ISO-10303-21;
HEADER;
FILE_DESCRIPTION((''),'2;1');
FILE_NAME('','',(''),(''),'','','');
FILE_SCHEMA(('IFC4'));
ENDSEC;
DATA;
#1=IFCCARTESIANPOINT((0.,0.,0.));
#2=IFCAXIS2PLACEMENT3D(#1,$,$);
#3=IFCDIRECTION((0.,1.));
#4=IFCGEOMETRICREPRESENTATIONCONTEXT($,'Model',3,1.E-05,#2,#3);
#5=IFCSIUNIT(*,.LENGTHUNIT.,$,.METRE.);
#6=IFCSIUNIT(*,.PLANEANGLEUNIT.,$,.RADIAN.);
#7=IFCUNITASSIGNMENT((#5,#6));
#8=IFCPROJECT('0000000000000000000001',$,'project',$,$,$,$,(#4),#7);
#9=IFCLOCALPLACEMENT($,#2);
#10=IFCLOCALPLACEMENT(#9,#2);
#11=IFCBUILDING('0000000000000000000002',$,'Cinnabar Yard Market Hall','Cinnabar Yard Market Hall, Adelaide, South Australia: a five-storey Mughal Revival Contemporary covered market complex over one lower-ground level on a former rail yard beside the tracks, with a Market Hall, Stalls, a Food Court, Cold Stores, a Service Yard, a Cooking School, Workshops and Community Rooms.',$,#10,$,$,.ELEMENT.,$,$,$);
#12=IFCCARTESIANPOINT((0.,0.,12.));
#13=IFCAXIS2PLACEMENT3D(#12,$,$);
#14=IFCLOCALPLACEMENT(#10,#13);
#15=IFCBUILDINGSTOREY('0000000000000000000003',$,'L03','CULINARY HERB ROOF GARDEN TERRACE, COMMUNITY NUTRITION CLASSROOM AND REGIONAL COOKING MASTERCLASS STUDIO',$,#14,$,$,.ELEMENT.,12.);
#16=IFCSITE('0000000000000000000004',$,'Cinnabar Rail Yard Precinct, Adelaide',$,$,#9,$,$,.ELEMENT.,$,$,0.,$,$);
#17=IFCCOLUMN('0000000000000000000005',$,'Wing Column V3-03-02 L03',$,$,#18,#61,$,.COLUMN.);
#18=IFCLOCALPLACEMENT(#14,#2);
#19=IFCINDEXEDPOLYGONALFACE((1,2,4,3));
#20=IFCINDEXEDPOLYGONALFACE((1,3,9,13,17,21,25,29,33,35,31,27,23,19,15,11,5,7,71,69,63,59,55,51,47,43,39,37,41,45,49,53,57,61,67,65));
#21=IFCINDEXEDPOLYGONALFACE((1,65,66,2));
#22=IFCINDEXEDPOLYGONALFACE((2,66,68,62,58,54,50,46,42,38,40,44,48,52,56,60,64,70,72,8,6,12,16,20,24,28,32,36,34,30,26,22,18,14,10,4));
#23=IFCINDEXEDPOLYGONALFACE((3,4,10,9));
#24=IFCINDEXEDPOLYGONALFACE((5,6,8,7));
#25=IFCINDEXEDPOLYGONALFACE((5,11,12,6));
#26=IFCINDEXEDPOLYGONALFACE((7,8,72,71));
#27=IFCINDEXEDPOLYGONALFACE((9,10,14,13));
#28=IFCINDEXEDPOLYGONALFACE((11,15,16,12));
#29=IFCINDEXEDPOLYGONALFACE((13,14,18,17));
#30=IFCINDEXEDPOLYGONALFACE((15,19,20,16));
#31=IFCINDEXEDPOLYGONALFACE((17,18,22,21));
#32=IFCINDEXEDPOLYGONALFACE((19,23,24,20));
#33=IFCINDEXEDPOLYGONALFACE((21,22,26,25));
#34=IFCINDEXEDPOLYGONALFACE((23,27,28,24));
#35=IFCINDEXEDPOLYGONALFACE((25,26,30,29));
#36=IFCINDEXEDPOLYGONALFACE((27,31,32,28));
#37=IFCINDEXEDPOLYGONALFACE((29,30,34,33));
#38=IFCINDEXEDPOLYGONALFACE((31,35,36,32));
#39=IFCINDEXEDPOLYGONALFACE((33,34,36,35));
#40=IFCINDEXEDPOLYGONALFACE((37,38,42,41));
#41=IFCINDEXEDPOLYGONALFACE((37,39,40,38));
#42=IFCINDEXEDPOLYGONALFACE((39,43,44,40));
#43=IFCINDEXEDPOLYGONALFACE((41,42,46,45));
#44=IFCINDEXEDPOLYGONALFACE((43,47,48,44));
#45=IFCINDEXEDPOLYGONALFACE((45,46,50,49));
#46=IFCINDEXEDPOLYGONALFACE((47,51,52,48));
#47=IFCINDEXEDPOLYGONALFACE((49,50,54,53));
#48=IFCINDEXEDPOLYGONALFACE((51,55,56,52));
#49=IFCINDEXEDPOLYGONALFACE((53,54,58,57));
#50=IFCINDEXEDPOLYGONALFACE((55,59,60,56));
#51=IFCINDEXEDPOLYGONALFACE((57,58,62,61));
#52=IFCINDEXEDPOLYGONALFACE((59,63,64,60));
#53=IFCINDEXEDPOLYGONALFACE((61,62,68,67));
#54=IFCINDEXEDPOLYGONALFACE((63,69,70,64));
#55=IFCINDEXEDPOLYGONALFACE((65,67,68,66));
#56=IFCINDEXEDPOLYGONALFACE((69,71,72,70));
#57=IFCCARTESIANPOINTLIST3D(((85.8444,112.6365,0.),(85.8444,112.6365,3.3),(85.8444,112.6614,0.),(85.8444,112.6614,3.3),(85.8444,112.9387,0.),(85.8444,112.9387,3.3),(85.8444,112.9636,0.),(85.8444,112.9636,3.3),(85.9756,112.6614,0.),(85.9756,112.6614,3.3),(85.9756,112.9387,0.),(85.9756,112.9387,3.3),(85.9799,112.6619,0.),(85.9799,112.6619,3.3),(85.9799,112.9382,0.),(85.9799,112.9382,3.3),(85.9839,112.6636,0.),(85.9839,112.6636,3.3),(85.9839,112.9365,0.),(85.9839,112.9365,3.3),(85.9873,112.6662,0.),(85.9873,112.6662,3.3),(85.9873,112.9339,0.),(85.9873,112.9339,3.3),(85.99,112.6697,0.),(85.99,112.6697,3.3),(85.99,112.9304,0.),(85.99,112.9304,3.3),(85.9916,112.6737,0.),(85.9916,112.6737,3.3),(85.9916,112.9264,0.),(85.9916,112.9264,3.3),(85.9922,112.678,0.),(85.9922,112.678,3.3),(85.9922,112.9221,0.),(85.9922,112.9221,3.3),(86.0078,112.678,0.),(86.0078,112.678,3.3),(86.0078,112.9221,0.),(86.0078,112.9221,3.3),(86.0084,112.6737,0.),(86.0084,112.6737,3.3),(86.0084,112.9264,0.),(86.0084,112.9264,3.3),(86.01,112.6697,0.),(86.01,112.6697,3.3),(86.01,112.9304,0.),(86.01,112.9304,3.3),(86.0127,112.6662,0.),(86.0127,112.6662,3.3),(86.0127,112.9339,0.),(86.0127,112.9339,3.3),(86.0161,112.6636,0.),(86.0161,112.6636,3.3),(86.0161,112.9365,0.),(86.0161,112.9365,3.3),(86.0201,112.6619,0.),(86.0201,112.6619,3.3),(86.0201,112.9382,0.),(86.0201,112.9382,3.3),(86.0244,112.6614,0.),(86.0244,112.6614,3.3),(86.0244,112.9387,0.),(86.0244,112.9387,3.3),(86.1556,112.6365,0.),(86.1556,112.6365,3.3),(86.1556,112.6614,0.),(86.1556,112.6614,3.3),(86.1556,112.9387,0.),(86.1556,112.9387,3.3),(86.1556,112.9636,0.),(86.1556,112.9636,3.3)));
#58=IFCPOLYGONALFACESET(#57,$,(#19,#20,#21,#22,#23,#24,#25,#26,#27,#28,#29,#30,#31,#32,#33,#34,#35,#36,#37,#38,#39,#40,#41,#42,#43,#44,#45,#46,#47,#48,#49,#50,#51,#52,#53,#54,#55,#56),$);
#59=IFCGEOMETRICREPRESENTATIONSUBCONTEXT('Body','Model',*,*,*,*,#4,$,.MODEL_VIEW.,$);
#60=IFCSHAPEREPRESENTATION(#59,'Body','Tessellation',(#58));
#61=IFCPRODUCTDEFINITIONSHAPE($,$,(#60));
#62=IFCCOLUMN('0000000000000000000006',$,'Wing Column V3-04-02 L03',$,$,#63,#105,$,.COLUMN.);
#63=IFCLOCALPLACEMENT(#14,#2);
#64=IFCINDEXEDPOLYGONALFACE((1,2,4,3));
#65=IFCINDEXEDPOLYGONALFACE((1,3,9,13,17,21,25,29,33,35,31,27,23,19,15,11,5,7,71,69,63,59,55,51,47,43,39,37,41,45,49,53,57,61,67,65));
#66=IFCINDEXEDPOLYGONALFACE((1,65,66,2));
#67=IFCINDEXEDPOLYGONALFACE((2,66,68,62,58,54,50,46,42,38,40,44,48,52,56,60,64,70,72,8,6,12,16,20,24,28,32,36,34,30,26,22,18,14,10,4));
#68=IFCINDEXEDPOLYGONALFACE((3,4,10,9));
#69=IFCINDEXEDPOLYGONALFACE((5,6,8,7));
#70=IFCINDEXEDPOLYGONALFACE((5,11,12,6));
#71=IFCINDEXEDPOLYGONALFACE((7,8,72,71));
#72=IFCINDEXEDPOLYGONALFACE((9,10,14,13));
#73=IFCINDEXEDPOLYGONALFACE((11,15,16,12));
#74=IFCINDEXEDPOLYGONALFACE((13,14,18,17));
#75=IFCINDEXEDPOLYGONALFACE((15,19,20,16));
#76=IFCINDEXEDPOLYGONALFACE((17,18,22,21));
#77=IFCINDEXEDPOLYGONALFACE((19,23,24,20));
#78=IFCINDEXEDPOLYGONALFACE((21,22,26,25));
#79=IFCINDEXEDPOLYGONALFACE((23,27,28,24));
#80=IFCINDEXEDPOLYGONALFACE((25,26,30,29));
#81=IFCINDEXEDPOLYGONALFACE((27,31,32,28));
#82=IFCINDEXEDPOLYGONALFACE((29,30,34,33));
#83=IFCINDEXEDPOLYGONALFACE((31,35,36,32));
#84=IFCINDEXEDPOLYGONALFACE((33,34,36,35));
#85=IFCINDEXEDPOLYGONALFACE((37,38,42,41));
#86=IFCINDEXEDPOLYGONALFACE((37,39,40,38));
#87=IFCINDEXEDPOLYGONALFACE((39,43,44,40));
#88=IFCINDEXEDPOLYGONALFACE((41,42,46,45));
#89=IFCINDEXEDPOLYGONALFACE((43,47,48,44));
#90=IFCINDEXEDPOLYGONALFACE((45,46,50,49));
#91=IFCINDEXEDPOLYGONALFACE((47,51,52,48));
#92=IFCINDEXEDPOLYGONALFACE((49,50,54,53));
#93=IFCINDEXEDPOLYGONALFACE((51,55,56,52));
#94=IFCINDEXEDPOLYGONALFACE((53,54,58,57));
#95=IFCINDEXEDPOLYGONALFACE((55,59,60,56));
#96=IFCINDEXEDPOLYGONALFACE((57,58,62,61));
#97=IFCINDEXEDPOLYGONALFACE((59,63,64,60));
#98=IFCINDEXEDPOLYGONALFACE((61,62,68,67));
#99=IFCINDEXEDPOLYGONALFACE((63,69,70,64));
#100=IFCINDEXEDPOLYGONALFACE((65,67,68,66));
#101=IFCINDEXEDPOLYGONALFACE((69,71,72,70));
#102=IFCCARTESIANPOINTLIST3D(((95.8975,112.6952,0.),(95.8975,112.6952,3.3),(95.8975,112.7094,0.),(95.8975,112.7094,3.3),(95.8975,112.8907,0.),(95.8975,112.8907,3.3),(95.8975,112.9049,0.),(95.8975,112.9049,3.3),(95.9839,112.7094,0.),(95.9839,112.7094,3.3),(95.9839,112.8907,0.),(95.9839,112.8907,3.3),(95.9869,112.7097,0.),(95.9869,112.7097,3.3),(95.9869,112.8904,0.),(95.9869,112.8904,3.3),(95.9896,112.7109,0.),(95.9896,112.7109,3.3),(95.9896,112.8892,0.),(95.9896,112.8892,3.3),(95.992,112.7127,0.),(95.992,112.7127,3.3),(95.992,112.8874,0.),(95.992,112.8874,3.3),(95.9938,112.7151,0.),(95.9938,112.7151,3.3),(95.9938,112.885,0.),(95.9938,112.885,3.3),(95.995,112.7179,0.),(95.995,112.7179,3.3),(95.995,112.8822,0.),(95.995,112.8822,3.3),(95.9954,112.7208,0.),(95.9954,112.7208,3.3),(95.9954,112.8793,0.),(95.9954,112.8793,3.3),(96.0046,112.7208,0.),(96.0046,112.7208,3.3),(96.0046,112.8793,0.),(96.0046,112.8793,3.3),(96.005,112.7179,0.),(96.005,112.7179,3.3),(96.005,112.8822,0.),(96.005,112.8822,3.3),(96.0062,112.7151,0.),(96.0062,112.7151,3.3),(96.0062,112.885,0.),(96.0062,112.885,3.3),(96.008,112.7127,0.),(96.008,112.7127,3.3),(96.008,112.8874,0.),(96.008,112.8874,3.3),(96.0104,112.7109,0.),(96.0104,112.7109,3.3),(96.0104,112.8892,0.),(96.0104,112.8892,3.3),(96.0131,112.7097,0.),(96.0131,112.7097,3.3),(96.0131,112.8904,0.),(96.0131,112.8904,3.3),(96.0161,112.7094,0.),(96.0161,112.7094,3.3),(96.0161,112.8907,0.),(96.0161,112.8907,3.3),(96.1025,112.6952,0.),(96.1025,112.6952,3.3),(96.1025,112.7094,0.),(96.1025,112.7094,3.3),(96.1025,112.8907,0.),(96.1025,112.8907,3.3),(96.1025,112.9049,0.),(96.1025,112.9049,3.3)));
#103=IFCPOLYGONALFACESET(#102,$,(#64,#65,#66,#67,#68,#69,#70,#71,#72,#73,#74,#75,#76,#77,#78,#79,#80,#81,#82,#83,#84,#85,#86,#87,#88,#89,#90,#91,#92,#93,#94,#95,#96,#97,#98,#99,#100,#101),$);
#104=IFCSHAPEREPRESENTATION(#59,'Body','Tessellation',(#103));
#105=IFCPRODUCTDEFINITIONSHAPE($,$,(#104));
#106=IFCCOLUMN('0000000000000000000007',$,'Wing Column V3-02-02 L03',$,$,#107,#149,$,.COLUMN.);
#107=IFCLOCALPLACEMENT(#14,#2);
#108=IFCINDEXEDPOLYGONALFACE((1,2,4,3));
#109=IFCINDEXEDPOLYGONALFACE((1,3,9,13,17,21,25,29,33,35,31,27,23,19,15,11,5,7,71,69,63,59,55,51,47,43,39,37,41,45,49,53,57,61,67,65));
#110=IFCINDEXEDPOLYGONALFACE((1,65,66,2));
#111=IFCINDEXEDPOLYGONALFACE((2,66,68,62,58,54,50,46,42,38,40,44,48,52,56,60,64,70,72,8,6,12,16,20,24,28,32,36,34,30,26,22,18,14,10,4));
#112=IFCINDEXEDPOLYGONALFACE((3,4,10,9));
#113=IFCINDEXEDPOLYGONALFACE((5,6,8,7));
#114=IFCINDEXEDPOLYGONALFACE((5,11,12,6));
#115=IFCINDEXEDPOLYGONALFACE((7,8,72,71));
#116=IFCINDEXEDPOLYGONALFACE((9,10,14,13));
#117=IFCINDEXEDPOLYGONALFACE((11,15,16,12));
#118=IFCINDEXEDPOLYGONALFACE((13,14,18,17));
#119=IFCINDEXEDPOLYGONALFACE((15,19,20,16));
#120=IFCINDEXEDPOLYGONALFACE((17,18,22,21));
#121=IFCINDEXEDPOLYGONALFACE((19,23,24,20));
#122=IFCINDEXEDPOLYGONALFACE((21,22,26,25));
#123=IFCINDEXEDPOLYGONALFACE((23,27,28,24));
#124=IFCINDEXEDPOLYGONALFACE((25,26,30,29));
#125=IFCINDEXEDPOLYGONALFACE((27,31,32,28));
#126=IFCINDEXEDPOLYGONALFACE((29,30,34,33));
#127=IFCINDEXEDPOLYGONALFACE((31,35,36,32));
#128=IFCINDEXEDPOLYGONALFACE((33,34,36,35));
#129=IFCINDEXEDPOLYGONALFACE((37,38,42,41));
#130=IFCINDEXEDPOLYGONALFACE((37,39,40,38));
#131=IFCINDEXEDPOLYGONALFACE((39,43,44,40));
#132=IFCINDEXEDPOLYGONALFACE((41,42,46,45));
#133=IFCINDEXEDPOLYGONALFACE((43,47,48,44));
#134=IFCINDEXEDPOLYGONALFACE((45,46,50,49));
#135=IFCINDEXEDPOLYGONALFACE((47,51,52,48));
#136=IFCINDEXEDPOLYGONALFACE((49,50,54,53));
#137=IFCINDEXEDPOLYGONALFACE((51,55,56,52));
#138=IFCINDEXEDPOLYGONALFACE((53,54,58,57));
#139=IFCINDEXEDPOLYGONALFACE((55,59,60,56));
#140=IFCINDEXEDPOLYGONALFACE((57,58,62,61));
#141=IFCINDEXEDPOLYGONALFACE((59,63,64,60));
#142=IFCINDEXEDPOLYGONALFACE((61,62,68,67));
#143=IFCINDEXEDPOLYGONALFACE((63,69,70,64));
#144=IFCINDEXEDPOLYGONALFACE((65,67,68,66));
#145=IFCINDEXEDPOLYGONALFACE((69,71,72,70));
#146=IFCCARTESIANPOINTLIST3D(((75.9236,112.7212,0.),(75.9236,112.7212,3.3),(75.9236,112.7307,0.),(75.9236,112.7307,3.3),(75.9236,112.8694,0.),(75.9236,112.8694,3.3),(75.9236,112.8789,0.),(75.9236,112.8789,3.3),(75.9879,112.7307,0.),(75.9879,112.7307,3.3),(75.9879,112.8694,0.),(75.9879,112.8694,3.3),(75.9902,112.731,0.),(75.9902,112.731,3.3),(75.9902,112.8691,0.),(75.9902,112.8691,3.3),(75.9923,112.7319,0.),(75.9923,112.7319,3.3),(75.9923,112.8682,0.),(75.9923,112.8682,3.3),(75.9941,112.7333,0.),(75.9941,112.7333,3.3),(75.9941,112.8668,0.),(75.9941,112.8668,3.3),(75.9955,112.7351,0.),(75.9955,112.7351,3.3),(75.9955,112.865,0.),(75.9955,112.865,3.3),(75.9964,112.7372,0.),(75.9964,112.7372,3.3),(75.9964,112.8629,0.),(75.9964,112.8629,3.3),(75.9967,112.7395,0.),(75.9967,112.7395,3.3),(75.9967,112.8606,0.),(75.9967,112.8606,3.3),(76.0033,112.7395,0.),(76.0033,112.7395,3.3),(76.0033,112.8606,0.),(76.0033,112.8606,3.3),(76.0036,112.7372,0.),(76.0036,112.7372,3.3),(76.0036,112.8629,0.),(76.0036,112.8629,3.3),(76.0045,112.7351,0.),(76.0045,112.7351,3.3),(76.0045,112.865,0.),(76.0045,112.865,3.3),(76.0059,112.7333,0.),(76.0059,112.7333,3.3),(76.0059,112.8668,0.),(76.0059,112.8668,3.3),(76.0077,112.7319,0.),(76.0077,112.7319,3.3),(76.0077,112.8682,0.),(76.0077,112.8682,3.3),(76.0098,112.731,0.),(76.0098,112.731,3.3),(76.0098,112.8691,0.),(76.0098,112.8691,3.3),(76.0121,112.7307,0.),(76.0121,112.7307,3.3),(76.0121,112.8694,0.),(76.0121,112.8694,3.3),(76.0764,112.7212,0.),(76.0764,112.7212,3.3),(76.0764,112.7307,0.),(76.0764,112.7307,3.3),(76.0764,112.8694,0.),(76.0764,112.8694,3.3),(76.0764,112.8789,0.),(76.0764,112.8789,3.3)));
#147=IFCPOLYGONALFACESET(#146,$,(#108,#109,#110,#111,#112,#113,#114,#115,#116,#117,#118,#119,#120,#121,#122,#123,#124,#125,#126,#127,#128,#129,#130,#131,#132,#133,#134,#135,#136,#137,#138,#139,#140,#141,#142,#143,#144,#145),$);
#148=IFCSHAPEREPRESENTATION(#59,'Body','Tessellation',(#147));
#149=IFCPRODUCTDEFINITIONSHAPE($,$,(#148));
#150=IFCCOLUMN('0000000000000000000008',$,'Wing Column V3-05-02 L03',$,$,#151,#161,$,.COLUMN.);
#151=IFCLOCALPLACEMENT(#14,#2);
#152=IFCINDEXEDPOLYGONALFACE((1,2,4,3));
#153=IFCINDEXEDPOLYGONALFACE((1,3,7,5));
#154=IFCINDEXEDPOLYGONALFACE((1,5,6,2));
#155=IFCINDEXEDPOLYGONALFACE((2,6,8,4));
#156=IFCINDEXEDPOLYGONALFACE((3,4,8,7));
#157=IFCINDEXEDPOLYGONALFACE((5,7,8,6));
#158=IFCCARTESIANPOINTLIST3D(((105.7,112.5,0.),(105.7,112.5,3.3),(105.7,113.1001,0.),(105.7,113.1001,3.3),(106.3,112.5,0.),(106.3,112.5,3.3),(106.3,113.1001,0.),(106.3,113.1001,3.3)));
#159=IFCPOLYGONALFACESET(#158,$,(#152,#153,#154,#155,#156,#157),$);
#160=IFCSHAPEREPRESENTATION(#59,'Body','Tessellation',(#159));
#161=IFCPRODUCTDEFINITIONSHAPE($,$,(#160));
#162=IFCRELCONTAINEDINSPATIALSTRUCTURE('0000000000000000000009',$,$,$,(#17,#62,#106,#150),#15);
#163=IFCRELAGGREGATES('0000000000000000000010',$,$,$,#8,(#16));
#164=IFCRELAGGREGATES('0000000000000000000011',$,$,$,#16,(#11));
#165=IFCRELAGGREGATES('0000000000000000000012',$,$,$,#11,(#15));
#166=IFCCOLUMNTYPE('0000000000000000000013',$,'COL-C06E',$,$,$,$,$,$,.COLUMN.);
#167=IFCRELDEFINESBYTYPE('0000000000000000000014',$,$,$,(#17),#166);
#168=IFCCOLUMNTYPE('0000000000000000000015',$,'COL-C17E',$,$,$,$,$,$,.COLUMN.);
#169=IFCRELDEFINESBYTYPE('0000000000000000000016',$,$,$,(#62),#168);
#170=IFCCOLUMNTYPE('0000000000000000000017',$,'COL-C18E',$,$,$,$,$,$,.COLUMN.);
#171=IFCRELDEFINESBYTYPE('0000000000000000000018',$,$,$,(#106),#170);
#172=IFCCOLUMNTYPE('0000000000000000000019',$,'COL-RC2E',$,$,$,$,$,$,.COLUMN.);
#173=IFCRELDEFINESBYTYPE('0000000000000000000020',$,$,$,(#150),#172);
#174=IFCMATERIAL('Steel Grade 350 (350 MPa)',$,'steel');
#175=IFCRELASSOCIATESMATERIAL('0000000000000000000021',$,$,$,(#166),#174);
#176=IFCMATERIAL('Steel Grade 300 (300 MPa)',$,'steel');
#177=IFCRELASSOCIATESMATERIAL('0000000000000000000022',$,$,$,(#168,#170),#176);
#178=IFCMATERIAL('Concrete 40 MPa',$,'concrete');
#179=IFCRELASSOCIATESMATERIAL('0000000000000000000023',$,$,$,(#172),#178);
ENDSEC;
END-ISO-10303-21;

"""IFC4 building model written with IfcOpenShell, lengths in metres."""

from ifc_helpers import new_model, si_unit, direction, frame, origin, origin_2d_with_axis, place, context, subcontext, project, spatial, rectangle, i_section, extrude, material, material_profile, profile_set, type_object, element, save


model = new_model("IFC4")

# Units and contexts
model_context = context("Model", 3, precision=1e-05, world=origin(), true_north=direction((0.0, 1.0)))
body_context = subcontext(model_context, "Body", "Model", "MODEL_VIEW")
ifc_project = project(units=[si_unit("LENGTHUNIT", "METRE"), si_unit("PLANEANGLEUNIT", "RADIAN")], contexts=[model_context])

# Site, building, storey
site_placement = place(None, origin())
site = spatial("IfcSite", under=ifc_project, at=site_placement, Name="Cinnabar Rail Yard Precinct, Adelaide", CompositionType="ELEMENT", RefElevation=0.0)
building_placement = place(site_placement, origin())
building = spatial("IfcBuilding", under=site, at=building_placement, Name="Cinnabar Yard Market Hall", Description="Cinnabar Yard Market Hall, Adelaide, South Australia: a five-storey Mughal Revival Contemporary covered market complex over one lower-ground level on a former rail yard beside the tracks, with a Market Hall, Stalls, a Food Court, Cold Stores, a Service Yard, a Cooking School, Workshops and Community Rooms.", CompositionType="ELEMENT")
storey_placement = place(building_placement, frame((0.0, 0.0, 12.0)))
storey = spatial("IfcBuildingStorey", under=building, at=storey_placement, Name="L03", Description="CULINARY HERB ROOF GARDEN TERRACE, COMMUNITY NUTRITION CLASSROOM AND REGIONAL COOKING MASTERCLASS STUDIO", CompositionType="ELEMENT", Elevation=12.0)

# Columns
ifc_material_1 = material(Name="Steel Grade 350 (350 MPa)", Category="steel")
ifc_material_profile_1 = material_profile(ifc_material_1, i_section(OverallWidth=0.3113, OverallDepth=0.3271, WebThickness=0.0156, FlangeThickness=0.0249, FilletRadius=0.0166, at=origin_2d_with_axis()), Name="310UC158")
ifc_profile_set_1 = profile_set([ifc_material_profile_1], Name="Steel Grade 350 (350 MPa)")
column_type_1 = type_object("IfcColumnType", Name="COL-C06E", PredefinedType="COLUMN", material=ifc_profile_set_1)
column_1_placement = place(storey_placement, frame((86.0, 112.8, 0.0), z_axis=(0.0, 0.0, 1.0), x_axis=(1.0, 0.0, 0.0)))
element("IfcColumn", 1, at=column_1_placement, inside=storey, type_object=column_type_1, Name="Wing Column V3-03-02 L03", PredefinedType="COLUMN", context=body_context, shape_type="SweptSolid", body=[
    extrude(i_section(OverallWidth=0.3113, OverallDepth=0.3271, WebThickness=0.0156, FlangeThickness=0.0249, FilletRadius=0.0166, at=origin_2d_with_axis()), origin(), (0.0, 0.0, 1.0), 3.3),
])
ifc_material_2 = material(Name="Steel Grade 300 (300 MPa)", Category="steel")
ifc_material_profile_2 = material_profile(ifc_material_2, i_section(OverallWidth=0.2051, OverallDepth=0.2097, WebThickness=0.0093, FlangeThickness=0.0142, FilletRadius=0.0115, at=origin_2d_with_axis()), Name="200UC59.5")
ifc_profile_set_2 = profile_set([ifc_material_profile_2], Name="Steel Grade 300 (300 MPa)")
column_type_2 = type_object("IfcColumnType", Name="COL-C17E", PredefinedType="COLUMN", material=ifc_profile_set_2)
column_2_placement = place(storey_placement, frame((96.0, 112.8, 0.0), z_axis=(0.0, 0.0, 1.0), x_axis=(1.0, 0.0, 0.0)))
element("IfcColumn", 2, at=column_2_placement, inside=storey, type_object=column_type_2, Name="Wing Column V3-04-02 L03", PredefinedType="COLUMN", context=body_context, shape_type="SweptSolid", body=[
    extrude(i_section(OverallWidth=0.2051, OverallDepth=0.2097, WebThickness=0.0093, FlangeThickness=0.0142, FilletRadius=0.0115, at=origin_2d_with_axis()), origin(), (0.0, 0.0, 1.0), 3.3),
])
ifc_material_profile_3 = material_profile(ifc_material_2, i_section(OverallWidth=0.1528, OverallDepth=0.1577, WebThickness=0.0066, FlangeThickness=0.0095, FilletRadius=0.0088, at=origin_2d_with_axis()), Name="150UC30.0")
ifc_profile_set_3 = profile_set([ifc_material_profile_3], Name="Steel Grade 300 (300 MPa)")
column_type_3 = type_object("IfcColumnType", Name="COL-C18E", PredefinedType="COLUMN", material=ifc_profile_set_3)
column_3_placement = place(storey_placement, frame((76.0, 112.8, 0.0), z_axis=(0.0, 0.0, 1.0), x_axis=(1.0, 0.0, 0.0)))
element("IfcColumn", 3, at=column_3_placement, inside=storey, type_object=column_type_3, Name="Wing Column V3-02-02 L03", PredefinedType="COLUMN", context=body_context, shape_type="SweptSolid", body=[
    extrude(i_section(OverallWidth=0.1528, OverallDepth=0.1577, WebThickness=0.0066, FlangeThickness=0.0095, FilletRadius=0.0088, at=origin_2d_with_axis()), origin(), (0.0, 0.0, 1.0), 3.3),
])
ifc_material_3 = material(Name="Concrete 40 MPa", Category="concrete")
ifc_material_profile_4 = material_profile(ifc_material_3, rectangle(XDim=0.6001, YDim=0.6001, at=origin_2d_with_axis()), Name="RC-600x600")
ifc_profile_set_4 = profile_set([ifc_material_profile_4], Name="Concrete 40 MPa")
column_type_4 = type_object("IfcColumnType", Name="COL-RC2E", PredefinedType="COLUMN", material=ifc_profile_set_4)
column_4_placement = place(storey_placement, frame((106.0, 112.8, 0.0), z_axis=(0.0, 0.0, 1.0), x_axis=(1.0, 0.0, 0.0)))
element("IfcColumn", 4, at=column_4_placement, inside=storey, type_object=column_type_4, Name="Wing Column V3-05-02 L03", PredefinedType="COLUMN", context=body_context, shape_type="SweptSolid", body=[
    extrude(rectangle(XDim=0.6001, YDim=0.6001, at=origin_2d_with_axis()), origin(), (0.0, 0.0, 1.0), 3.3),
])

save(model, "model.ifc")
